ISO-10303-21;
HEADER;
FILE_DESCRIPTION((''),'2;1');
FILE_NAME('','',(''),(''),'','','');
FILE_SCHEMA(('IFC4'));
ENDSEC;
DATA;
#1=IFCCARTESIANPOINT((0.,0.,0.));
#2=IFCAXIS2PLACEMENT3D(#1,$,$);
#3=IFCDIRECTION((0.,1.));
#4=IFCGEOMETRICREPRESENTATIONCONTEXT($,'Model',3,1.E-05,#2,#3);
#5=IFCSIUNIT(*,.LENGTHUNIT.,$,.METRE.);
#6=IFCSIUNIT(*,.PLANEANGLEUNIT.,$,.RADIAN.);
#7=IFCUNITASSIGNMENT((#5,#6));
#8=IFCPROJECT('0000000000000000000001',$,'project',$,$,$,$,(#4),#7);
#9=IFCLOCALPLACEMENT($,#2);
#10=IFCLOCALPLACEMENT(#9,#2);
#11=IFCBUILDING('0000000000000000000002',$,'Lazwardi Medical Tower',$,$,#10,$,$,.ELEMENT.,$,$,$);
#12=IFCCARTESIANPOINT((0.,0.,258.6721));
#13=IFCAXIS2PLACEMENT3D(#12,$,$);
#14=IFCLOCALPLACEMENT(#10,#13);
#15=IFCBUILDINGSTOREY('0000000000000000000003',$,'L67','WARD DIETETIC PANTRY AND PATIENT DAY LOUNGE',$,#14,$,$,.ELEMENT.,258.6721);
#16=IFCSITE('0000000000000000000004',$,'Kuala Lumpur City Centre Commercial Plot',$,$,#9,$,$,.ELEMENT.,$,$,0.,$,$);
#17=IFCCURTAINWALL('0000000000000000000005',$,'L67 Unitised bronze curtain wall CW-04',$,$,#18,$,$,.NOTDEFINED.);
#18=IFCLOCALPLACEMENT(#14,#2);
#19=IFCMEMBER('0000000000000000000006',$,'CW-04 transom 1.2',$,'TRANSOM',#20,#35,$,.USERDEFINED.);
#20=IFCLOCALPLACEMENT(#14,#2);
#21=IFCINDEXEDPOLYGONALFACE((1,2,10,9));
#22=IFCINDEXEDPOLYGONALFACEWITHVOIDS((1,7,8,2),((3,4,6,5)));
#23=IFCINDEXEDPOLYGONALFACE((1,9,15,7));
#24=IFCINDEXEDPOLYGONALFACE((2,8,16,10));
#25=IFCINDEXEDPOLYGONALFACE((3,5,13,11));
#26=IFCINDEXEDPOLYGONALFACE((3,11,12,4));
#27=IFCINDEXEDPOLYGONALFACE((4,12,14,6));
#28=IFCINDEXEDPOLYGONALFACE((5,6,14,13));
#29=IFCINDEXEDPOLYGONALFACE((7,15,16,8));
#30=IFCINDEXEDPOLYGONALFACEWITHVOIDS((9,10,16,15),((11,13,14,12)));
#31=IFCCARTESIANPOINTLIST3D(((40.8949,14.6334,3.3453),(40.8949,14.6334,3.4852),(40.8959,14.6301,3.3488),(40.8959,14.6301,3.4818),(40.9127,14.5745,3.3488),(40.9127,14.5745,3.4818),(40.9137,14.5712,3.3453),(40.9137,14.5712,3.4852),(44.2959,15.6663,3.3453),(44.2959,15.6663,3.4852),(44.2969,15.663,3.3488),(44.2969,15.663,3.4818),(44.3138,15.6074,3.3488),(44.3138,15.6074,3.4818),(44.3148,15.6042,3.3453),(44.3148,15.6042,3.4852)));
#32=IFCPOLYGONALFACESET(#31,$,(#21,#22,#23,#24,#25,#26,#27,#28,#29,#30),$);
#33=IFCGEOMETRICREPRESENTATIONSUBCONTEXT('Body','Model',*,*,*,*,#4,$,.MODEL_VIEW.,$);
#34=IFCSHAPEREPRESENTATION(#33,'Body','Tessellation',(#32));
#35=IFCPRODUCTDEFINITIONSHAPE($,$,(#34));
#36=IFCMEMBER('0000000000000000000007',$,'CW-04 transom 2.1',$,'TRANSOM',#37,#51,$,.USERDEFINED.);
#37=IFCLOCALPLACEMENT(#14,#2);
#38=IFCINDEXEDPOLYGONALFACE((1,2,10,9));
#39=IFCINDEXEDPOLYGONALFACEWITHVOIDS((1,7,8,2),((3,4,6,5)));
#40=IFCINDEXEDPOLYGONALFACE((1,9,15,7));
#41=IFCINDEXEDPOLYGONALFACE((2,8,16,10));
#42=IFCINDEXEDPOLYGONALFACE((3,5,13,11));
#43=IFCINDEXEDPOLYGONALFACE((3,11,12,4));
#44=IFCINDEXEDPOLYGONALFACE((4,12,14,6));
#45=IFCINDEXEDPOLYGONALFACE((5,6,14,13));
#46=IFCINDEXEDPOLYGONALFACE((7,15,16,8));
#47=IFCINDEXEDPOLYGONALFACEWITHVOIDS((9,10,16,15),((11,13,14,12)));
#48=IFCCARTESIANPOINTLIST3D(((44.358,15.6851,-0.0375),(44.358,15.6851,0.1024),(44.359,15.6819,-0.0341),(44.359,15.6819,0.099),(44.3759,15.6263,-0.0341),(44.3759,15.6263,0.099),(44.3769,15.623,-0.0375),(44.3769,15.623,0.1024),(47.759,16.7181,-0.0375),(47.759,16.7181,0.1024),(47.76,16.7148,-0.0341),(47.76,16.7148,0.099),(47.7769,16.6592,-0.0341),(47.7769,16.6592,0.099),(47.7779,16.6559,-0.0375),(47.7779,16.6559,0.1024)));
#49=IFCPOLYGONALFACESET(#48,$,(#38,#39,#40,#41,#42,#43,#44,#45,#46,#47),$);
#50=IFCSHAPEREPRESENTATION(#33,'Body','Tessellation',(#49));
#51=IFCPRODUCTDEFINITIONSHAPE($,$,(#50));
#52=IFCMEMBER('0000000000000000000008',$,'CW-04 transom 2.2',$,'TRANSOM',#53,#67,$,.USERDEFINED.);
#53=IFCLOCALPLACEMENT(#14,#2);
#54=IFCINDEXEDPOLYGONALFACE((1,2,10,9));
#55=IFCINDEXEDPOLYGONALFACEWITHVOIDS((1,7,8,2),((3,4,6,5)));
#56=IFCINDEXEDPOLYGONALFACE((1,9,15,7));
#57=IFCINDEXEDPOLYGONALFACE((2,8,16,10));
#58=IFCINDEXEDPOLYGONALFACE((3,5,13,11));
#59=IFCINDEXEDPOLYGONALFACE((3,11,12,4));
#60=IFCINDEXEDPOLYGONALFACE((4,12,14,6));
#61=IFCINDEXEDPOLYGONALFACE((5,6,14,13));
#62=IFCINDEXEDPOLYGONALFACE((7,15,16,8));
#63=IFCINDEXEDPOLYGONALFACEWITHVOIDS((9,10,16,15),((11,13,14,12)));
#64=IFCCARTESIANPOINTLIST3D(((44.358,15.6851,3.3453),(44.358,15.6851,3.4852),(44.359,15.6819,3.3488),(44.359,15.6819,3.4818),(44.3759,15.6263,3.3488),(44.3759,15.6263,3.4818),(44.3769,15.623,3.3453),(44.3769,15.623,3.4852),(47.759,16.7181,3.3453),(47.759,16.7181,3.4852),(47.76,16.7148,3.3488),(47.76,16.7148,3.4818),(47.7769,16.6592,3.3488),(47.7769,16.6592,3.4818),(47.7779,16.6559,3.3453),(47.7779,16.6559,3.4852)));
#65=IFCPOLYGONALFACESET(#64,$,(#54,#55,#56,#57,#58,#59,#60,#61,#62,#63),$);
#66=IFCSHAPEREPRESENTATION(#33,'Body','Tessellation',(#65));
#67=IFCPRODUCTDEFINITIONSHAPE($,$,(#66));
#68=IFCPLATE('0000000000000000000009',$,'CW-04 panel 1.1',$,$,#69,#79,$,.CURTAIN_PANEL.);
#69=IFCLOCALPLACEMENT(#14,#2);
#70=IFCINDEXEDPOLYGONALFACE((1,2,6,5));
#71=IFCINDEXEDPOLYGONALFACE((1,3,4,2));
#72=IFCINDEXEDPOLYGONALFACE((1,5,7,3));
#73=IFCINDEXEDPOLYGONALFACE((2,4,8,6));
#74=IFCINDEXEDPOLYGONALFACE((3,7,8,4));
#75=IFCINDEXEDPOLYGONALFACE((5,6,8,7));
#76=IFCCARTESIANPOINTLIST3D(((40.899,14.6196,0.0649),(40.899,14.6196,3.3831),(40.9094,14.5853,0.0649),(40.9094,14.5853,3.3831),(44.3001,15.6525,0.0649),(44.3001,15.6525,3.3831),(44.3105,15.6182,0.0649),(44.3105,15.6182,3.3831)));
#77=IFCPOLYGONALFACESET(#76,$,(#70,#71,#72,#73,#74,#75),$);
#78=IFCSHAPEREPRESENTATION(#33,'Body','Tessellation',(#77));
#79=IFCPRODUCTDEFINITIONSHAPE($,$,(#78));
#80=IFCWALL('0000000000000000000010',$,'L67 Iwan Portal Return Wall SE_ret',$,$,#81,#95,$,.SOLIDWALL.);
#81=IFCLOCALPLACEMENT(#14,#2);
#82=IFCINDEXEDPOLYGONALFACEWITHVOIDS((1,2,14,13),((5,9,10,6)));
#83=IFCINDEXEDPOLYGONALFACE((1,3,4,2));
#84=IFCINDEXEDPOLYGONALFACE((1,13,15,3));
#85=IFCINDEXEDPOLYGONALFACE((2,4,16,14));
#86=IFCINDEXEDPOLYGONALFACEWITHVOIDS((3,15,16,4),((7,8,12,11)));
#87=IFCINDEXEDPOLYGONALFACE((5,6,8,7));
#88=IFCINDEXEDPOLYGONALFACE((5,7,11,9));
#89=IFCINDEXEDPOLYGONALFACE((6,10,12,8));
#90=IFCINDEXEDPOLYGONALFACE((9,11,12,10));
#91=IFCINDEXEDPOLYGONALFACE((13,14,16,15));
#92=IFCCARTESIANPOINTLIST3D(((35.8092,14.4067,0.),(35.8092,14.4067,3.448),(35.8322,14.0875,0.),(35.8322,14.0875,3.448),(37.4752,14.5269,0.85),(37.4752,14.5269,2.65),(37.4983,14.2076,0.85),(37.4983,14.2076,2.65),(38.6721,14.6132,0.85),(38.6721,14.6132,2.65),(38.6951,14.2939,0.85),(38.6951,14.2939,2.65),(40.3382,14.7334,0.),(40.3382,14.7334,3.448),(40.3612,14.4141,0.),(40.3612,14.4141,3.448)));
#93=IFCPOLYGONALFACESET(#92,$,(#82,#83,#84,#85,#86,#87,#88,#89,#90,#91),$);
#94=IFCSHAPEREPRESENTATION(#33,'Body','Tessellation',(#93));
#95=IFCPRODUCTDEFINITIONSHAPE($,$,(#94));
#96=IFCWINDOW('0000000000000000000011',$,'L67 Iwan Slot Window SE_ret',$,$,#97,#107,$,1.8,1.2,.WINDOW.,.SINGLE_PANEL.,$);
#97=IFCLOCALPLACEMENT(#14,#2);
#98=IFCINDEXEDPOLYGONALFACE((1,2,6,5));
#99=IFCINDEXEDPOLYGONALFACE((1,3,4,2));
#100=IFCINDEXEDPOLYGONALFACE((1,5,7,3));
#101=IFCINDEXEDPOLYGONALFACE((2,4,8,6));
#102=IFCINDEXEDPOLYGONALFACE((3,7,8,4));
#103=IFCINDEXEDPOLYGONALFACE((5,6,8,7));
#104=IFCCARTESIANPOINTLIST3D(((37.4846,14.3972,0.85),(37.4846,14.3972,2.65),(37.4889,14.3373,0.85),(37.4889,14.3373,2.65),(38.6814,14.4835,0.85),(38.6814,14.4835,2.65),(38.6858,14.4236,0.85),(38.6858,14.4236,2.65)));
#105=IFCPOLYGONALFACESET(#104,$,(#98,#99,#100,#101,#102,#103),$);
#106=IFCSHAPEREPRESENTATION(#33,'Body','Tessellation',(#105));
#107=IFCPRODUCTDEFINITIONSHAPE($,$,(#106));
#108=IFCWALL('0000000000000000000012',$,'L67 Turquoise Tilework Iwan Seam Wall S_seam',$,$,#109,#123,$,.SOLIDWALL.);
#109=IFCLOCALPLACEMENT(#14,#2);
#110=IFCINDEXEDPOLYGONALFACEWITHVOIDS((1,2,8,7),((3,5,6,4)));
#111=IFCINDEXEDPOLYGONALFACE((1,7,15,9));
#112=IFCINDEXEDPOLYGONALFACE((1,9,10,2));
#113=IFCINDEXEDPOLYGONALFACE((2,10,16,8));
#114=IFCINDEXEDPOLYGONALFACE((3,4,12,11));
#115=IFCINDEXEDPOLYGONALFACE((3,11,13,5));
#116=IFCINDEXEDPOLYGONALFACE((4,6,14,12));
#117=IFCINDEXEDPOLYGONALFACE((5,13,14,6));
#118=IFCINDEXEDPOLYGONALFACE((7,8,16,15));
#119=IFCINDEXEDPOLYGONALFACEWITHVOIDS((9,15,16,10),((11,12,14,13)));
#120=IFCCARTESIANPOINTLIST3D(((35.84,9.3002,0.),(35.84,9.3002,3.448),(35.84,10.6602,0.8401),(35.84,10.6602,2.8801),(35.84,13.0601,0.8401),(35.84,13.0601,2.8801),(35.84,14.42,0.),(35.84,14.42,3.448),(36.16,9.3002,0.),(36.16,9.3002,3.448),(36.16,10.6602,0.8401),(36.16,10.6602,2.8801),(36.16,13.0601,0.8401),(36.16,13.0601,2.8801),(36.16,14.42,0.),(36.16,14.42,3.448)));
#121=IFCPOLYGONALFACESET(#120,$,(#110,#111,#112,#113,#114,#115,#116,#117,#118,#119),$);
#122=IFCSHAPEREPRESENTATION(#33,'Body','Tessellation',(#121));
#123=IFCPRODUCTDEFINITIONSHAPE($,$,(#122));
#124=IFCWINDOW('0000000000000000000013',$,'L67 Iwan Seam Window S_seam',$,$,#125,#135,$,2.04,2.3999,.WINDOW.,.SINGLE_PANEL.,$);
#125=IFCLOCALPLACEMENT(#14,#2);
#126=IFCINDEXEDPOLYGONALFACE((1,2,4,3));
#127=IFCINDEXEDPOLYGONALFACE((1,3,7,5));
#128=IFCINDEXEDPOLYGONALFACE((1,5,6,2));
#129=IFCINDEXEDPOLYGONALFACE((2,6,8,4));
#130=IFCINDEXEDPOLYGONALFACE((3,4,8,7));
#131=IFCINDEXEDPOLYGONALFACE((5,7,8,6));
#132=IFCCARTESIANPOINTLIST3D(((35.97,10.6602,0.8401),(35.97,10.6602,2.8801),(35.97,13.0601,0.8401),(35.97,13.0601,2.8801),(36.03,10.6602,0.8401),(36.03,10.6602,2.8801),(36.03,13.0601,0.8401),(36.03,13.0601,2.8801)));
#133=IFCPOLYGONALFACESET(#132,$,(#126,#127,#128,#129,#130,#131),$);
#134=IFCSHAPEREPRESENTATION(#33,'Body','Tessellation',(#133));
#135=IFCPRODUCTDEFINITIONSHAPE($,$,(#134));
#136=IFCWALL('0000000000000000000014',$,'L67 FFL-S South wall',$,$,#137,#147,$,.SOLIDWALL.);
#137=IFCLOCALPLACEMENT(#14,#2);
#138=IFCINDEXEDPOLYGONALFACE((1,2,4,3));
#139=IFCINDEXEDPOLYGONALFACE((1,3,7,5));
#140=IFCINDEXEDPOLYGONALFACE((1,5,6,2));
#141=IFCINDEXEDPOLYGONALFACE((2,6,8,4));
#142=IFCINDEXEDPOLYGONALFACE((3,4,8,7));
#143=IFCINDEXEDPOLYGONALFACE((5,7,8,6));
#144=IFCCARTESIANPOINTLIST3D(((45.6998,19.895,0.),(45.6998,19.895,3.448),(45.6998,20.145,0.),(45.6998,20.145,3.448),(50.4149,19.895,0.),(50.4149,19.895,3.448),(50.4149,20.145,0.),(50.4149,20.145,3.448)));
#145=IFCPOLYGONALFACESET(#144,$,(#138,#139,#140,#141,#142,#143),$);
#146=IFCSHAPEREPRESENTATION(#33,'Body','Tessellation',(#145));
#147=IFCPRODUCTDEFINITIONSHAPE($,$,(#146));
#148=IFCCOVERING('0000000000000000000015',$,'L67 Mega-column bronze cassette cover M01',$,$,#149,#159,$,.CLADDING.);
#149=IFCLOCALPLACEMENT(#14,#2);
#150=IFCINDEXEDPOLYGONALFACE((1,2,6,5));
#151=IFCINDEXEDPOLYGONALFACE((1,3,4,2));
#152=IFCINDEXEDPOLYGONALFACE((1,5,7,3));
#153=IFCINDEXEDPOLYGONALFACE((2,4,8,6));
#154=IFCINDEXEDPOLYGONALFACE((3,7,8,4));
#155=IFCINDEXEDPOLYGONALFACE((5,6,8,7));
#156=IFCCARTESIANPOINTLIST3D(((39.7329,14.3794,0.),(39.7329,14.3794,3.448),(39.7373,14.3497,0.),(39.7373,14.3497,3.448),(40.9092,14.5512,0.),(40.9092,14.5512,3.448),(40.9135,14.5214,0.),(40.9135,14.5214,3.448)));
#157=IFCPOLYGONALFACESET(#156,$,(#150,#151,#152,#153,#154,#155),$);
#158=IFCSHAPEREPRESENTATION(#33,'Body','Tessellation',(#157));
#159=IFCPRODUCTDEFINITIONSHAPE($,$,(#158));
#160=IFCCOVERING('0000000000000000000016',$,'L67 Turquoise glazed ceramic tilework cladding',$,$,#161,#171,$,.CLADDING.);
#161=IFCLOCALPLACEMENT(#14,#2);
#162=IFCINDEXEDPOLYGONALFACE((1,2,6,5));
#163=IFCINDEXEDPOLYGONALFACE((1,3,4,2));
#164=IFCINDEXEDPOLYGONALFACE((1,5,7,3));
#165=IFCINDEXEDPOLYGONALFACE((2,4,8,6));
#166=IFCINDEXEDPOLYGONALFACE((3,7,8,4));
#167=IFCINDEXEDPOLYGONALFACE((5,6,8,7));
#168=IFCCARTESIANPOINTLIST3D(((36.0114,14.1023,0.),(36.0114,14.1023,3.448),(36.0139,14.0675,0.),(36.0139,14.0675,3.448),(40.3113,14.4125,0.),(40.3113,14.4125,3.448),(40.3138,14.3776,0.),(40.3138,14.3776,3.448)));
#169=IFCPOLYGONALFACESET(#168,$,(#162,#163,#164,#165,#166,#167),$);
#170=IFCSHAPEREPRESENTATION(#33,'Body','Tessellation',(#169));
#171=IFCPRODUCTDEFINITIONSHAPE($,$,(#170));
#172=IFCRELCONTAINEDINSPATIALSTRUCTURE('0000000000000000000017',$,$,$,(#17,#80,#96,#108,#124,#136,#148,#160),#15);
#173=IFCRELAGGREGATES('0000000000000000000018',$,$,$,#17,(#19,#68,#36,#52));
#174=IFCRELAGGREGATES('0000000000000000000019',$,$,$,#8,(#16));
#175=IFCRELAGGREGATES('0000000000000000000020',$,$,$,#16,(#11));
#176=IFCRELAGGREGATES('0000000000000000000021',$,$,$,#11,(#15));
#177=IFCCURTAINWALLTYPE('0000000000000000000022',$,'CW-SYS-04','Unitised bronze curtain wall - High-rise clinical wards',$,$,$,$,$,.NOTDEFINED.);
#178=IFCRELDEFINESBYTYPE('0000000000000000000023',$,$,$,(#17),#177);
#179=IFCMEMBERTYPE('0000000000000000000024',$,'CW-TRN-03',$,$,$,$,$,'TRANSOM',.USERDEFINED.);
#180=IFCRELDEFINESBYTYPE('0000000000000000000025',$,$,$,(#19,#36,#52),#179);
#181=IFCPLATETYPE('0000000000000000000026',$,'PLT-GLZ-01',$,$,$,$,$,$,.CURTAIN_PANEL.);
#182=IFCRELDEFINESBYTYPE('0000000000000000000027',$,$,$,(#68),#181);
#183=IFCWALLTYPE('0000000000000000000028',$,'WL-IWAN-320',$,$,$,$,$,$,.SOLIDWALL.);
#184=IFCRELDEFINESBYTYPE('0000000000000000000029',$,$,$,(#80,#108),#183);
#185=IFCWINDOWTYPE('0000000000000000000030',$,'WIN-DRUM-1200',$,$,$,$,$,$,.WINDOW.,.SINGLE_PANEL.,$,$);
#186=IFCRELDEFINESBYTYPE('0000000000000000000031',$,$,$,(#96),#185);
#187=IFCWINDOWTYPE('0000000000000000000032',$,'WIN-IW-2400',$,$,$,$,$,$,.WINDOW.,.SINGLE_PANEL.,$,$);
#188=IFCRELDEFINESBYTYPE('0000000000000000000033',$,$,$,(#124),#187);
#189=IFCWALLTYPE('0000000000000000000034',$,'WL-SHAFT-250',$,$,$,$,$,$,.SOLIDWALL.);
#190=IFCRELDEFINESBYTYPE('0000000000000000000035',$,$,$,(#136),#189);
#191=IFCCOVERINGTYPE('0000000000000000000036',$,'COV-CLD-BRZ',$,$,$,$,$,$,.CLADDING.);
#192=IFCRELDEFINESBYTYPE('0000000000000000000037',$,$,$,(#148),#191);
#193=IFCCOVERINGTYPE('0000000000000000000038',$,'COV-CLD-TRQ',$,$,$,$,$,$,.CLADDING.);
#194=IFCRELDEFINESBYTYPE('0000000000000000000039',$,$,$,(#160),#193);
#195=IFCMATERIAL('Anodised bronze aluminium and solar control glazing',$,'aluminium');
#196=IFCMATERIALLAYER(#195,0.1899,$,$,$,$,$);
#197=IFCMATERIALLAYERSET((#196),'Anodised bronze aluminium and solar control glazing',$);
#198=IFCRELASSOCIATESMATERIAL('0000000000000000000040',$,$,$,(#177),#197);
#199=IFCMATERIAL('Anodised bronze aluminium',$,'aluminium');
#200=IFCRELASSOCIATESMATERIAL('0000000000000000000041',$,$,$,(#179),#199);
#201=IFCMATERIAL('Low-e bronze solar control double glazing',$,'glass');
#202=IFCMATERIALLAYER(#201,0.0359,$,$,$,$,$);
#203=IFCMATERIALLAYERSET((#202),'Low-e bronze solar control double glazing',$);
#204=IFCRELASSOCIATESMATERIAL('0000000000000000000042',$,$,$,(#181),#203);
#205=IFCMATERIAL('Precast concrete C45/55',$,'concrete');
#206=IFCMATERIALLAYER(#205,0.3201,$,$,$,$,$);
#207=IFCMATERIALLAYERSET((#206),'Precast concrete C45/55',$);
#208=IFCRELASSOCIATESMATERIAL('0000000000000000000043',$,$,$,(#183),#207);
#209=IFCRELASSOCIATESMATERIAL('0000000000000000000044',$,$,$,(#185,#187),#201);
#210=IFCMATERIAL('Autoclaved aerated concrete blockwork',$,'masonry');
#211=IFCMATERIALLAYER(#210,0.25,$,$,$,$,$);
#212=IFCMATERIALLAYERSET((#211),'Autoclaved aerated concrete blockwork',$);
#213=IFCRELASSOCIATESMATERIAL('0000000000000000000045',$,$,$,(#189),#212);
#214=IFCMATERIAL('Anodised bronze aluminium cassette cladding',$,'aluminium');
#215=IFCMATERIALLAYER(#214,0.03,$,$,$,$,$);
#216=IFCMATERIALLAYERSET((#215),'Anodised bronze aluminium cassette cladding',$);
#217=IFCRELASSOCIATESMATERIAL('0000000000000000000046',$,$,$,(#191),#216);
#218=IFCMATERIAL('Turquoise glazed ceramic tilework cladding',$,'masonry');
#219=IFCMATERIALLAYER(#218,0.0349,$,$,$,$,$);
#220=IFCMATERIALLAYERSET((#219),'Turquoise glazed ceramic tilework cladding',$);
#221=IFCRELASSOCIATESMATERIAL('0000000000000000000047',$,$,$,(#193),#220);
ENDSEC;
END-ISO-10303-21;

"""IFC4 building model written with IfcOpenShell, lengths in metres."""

from ifc_helpers import new_model, si_unit, direction, frame, frame_2d, origin, origin_2d, place, context, subcontext, project, spatial, rectangle, hollow_rectangle, extrude, material, layer, layer_set, material_profile, profile_set, type_object, element, fill, aggregate, save


model = new_model("IFC4")

# Units and contexts
model_context = context("Model", 3, precision=1e-05, world=origin(), true_north=direction((0.0, 1.0)))
body_context = subcontext(model_context, "Body", "Model", "MODEL_VIEW")
ifc_project = project(units=[si_unit("LENGTHUNIT", "METRE"), si_unit("PLANEANGLEUNIT", "RADIAN")], contexts=[model_context])

# Site, building, storey
site_placement = place(None, origin())
site = spatial("IfcSite", under=ifc_project, at=site_placement, Name="Kuala Lumpur City Centre Commercial Plot", CompositionType="ELEMENT", RefElevation=0.0)
building_placement = place(site_placement, origin())
building = spatial("IfcBuilding", under=site, at=building_placement, Name="Lazwardi Medical Tower", CompositionType="ELEMENT")
storey_placement = place(building_placement, frame((0.0, 0.0, 258.6721)))
storey = spatial("IfcBuildingStorey", under=building, at=storey_placement, Name="L67", Description="WARD DIETETIC PANTRY AND PATIENT DAY LOUNGE", CompositionType="ELEMENT", Elevation=258.6721)

# Curtain wall, members, plate
ifc_material_1 = material(Name="Anodised bronze aluminium and solar control glazing", Category="aluminium")
ifc_layer_1 = layer(ifc_material_1, 0.1899)
ifc_layer_set_1 = layer_set([ifc_layer_1], Name="Anodised bronze aluminium and solar control glazing")
curtain_wall_type = type_object("IfcCurtainWallType", Name="CW-SYS-04", Description="Unitised bronze curtain wall - High-rise clinical wards", PredefinedType="NOTDEFINED", material=ifc_layer_set_1)
curtain_wall_placement = place(storey_placement, origin())
curtain_wall = element("IfcCurtainWall", 1, at=curtain_wall_placement, inside=storey, type_object=curtain_wall_type, Name="L67 Unitised bronze curtain wall CW-04", PredefinedType="NOTDEFINED")
ifc_material_2 = material(Name="Anodised bronze aluminium", Category="aluminium")
ifc_material_profile_1 = material_profile(ifc_material_2, hollow_rectangle(XDim=0.0649, YDim=0.1399, WallThickness=0.0034, at=origin_2d()), Name="ALU-TRANSOM 140x65x3.5")
ifc_profile_set_1 = profile_set([ifc_material_profile_1], Name="Anodised bronze aluminium")
member_type_1 = type_object("IfcMemberType", Name="CW-TRN-03", ElementType="TRANSOM", PredefinedType="USERDEFINED", material=ifc_profile_set_1)
member_1_placement = place(storey_placement, frame((40.9043, 14.6023, 3.4153), z_axis=(0.956843, 0.290604, 0.0), x_axis=(-0.290604, 0.956843, 0.0)))
member_1 = element("IfcMember", 2, at=member_1_placement, type_object=member_type_1, Name="CW-04 transom 1.2", ObjectType="TRANSOM", PredefinedType="USERDEFINED", context=body_context, shape_type="SweptSolid", body=[
    extrude(hollow_rectangle(XDim=0.0649, YDim=0.1399, WallThickness=0.0034, at=origin_2d()), origin(), (0.0, 0.0, 1.0), 3.5544),
])
member_2_placement = place(storey_placement, frame((44.3674, 15.6541, 0.0325), z_axis=(0.956843, 0.290604, 0.0), x_axis=(-0.290604, 0.956843, 0.0)))
member_2 = element("IfcMember", 3, at=member_2_placement, type_object=member_type_1, Name="CW-04 transom 2.1", ObjectType="TRANSOM", PredefinedType="USERDEFINED", context=body_context, shape_type="SweptSolid", body=[
    extrude(hollow_rectangle(XDim=0.0649, YDim=0.1399, WallThickness=0.0034, at=origin_2d()), origin(), (0.0, 0.0, 1.0), 3.5544),
])
member_3_placement = place(storey_placement, frame((44.3674, 15.6541, 3.4153), z_axis=(0.956843, 0.290604, 0.0), x_axis=(-0.290604, 0.956843, 0.0)))
member_3 = element("IfcMember", 4, at=member_3_placement, type_object=member_type_1, Name="CW-04 transom 2.2", ObjectType="TRANSOM", PredefinedType="USERDEFINED", context=body_context, shape_type="SweptSolid", body=[
    extrude(hollow_rectangle(XDim=0.0649, YDim=0.1399, WallThickness=0.0034, at=origin_2d()), origin(), (0.0, 0.0, 1.0), 3.5544),
])
ifc_material_3 = material(Name="Low-e bronze solar control double glazing", Category="glass")
ifc_layer_2 = layer(ifc_material_3, 0.0359)
ifc_layer_set_2 = layer_set([ifc_layer_2], Name="Low-e bronze solar control double glazing")
plate_type = type_object("IfcPlateType", Name="PLT-GLZ-01", PredefinedType="CURTAIN_PANEL", material=ifc_layer_set_2)
plate_placement = place(storey_placement, frame((42.6047, 15.1189, 0.0649), z_axis=(0.0, 0.0, 1.0), x_axis=(0.95685, 0.290582, 0.0)))
plate = element("IfcPlate", 5, at=plate_placement, type_object=plate_type, Name="CW-04 panel 1.1", PredefinedType="CURTAIN_PANEL", context=body_context, shape_type="SweptSolid", body=[
    extrude(rectangle(XDim=3.5544, YDim=0.0359, at=origin_2d()), origin(), (0.0, 0.0, 1.0), 3.3181),
])
aggregate(curtain_wall, [member_1, plate, member_2, member_3])

# Walls, openings, windows
ifc_material_4 = material(Name="Precast concrete C45/55", Category="concrete")
ifc_layer_3 = layer(ifc_material_4, 0.3201)
ifc_layer_set_3 = layer_set([ifc_layer_3], Name="Precast concrete C45/55")
wall_type_1 = type_object("IfcWallType", Name="WL-IWAN-320", PredefinedType="SOLIDWALL", material=ifc_layer_set_3)
wall_1_placement = place(storey_placement, frame((35.8206, 14.2471, 0.0), z_axis=(0.0, 0.0, 1.0), x_axis=(0.997409, 0.071939, 0.0)))
wall_1 = element("IfcWall", 6, at=wall_1_placement, inside=storey, type_object=wall_type_1, Name="L67 Iwan Portal Return Wall SE_ret", PredefinedType="SOLIDWALL", context=body_context, shape_type="SweptSolid", body=[
    extrude(rectangle(XDim=4.5408, YDim=0.3201, at=frame_2d((2.2705, 0.0))), origin(), (0.0, 0.0, 1.0), 3.448),
])
opening_1_placement = place(wall_1_placement, frame((1.6704, 0.0, 0.8501)))
opening_1 = element("IfcOpeningElement", 7, at=opening_1_placement, cuts=wall_1, PredefinedType="OPENING", context=body_context, shape_type="SweptSolid", body=[
    extrude(rectangle(XDim=1.2, YDim=1.8, at=frame_2d((0.6001, 0.8999))), frame((0.0, 0.1699, 0.0), z_axis=(0.0, -1.0, 0.0), x_axis=(1.0, 0.0, 0.0)), (0.0, 0.0, 1.0), 0.3401),
])
window_type_1 = type_object("IfcWindowType", Name="WIN-DRUM-1200", PartitioningType="SINGLE_PANEL", PredefinedType="WINDOW", material=ifc_material_3)
window_1_placement = place(opening_1_placement, origin())
window_1 = element("IfcWindow", 8, at=window_1_placement, inside=storey, type_object=window_type_1, Name="L67 Iwan Slot Window SE_ret", OverallHeight=1.8, OverallWidth=1.2, PartitioningType="SINGLE_PANEL", PredefinedType="WINDOW", context=body_context, shape_type="SweptSolid", body=[
    extrude(rectangle(XDim=1.2, YDim=1.8, at=frame_2d((0.6001, 0.8999))), frame((0.0, 0.03, 0.0), z_axis=(0.0, -1.0, 0.0), x_axis=(1.0, 0.0, 0.0)), (0.0, 0.0, 1.0), 0.0601),
])
fill(opening_1, window_1)
wall_2_placement = place(storey_placement, frame((36.0, 9.3, 0.0), z_axis=(0.0, 0.0, 1.0), x_axis=(0.0, 1.0, 0.0)))
wall_2 = element("IfcWall", 9, at=wall_2_placement, inside=storey, type_object=wall_type_1, Name="L67 Turquoise Tilework Iwan Seam Wall S_seam", PredefinedType="SOLIDWALL", context=body_context, shape_type="SweptSolid", body=[
    extrude(rectangle(XDim=5.1199, YDim=0.3201, at=frame_2d((2.5601, 0.0))), origin(), (0.0, 0.0, 1.0), 3.448),
])
opening_2_placement = place(wall_2_placement, frame((1.3601, 0.0, 0.8401)))
opening_2 = element("IfcOpeningElement", 10, at=opening_2_placement, cuts=wall_2, PredefinedType="OPENING", context=body_context, shape_type="SweptSolid", body=[
    extrude(rectangle(XDim=2.3999, YDim=2.04, at=frame_2d((1.2, 1.02))), frame((0.0, 0.1699, 0.0), z_axis=(0.0, -1.0, 0.0), x_axis=(1.0, 0.0, 0.0)), (0.0, 0.0, 1.0), 0.3401),
])
window_type_2 = type_object("IfcWindowType", Name="WIN-IW-2400", PartitioningType="SINGLE_PANEL", PredefinedType="WINDOW", material=ifc_material_3)
window_2_placement = place(opening_2_placement, origin())
window_2 = element("IfcWindow", 11, at=window_2_placement, inside=storey, type_object=window_type_2, Name="L67 Iwan Seam Window S_seam", OverallHeight=2.04, OverallWidth=2.3999, PartitioningType="SINGLE_PANEL", PredefinedType="WINDOW", context=body_context, shape_type="SweptSolid", body=[
    extrude(rectangle(XDim=2.3999, YDim=2.04, at=frame_2d((1.2, 1.02))), frame((0.0, 0.03, 0.0), z_axis=(0.0, -1.0, 0.0), x_axis=(1.0, 0.0, 0.0)), (0.0, 0.0, 1.0), 0.0601),
])
fill(opening_2, window_2)

# Wall
ifc_material_5 = material(Name="Autoclaved aerated concrete blockwork", Category="masonry")
ifc_layer_4 = layer(ifc_material_5, 0.25)
ifc_layer_set_4 = layer_set([ifc_layer_4], Name="Autoclaved aerated concrete blockwork")
wall_type_2 = type_object("IfcWallType", Name="WL-SHAFT-250", PredefinedType="SOLIDWALL", material=ifc_layer_set_4)
wall_3_placement = place(storey_placement, frame((45.7, 20.02, 0.0), z_axis=(0.0, 0.0, 1.0), x_axis=(1.0, 0.0, 0.0)))
element("IfcWall", 12, at=wall_3_placement, inside=storey, type_object=wall_type_2, Name="L67 FFL-S South wall", PredefinedType="SOLIDWALL", context=body_context, shape_type="SweptSolid", body=[
    extrude(rectangle(XDim=4.7151, YDim=0.25, at=frame_2d((2.3574, 0.0))), origin(), (0.0, 0.0, 1.0), 3.448),
])

# Coverings
ifc_material_6 = material(Name="Anodised bronze aluminium cassette cladding", Category="aluminium")
ifc_layer_5 = layer(ifc_material_6, 0.03)
ifc_layer_set_5 = layer_set([ifc_layer_5], Name="Anodised bronze aluminium cassette cladding")
covering_type_1 = type_object("IfcCoveringType", Name="COV-CLD-BRZ", PredefinedType="CLADDING", material=ifc_layer_set_5)
covering_1_placement = place(storey_placement, frame((40.3232, 14.4504, 0.0), z_axis=(0.0, 0.0, 1.0), x_axis=(0.989512, 0.144448, 0.0)))
element("IfcCovering", 13, at=covering_1_placement, inside=storey, type_object=covering_type_1, Name="L67 Mega-column bronze cassette cover M01", PredefinedType="CLADDING", context=body_context, shape_type="SweptSolid", body=[
    extrude(rectangle(XDim=1.1887, YDim=0.03, at=origin_2d()), origin(), (0.0, 0.0, 1.0), 3.448),
])
ifc_material_7 = material(Name="Turquoise glazed ceramic tilework cladding", Category="masonry")
ifc_layer_6 = layer(ifc_material_7, 0.0349)
ifc_layer_set_6 = layer_set([ifc_layer_6], Name="Turquoise glazed ceramic tilework cladding")
covering_type_2 = type_object("IfcCoveringType", Name="COV-CLD-TRQ", PredefinedType="CLADDING", material=ifc_layer_set_6)
covering_2_placement = place(storey_placement, frame((38.1626, 14.24, 0.0), z_axis=(0.0, 0.0, 1.0), x_axis=(0.997409, 0.071933, 0.0)))
element("IfcCovering", 14, at=covering_2_placement, inside=storey, type_object=covering_type_2, Name="L67 Turquoise glazed ceramic tilework cladding", PredefinedType="CLADDING", context=body_context, shape_type="SweptSolid", body=[
    extrude(rectangle(XDim=4.311, YDim=0.0349, at=origin_2d()), origin(), (0.0, 0.0, 1.0), 3.448),
])

save(model, "model.ifc")
